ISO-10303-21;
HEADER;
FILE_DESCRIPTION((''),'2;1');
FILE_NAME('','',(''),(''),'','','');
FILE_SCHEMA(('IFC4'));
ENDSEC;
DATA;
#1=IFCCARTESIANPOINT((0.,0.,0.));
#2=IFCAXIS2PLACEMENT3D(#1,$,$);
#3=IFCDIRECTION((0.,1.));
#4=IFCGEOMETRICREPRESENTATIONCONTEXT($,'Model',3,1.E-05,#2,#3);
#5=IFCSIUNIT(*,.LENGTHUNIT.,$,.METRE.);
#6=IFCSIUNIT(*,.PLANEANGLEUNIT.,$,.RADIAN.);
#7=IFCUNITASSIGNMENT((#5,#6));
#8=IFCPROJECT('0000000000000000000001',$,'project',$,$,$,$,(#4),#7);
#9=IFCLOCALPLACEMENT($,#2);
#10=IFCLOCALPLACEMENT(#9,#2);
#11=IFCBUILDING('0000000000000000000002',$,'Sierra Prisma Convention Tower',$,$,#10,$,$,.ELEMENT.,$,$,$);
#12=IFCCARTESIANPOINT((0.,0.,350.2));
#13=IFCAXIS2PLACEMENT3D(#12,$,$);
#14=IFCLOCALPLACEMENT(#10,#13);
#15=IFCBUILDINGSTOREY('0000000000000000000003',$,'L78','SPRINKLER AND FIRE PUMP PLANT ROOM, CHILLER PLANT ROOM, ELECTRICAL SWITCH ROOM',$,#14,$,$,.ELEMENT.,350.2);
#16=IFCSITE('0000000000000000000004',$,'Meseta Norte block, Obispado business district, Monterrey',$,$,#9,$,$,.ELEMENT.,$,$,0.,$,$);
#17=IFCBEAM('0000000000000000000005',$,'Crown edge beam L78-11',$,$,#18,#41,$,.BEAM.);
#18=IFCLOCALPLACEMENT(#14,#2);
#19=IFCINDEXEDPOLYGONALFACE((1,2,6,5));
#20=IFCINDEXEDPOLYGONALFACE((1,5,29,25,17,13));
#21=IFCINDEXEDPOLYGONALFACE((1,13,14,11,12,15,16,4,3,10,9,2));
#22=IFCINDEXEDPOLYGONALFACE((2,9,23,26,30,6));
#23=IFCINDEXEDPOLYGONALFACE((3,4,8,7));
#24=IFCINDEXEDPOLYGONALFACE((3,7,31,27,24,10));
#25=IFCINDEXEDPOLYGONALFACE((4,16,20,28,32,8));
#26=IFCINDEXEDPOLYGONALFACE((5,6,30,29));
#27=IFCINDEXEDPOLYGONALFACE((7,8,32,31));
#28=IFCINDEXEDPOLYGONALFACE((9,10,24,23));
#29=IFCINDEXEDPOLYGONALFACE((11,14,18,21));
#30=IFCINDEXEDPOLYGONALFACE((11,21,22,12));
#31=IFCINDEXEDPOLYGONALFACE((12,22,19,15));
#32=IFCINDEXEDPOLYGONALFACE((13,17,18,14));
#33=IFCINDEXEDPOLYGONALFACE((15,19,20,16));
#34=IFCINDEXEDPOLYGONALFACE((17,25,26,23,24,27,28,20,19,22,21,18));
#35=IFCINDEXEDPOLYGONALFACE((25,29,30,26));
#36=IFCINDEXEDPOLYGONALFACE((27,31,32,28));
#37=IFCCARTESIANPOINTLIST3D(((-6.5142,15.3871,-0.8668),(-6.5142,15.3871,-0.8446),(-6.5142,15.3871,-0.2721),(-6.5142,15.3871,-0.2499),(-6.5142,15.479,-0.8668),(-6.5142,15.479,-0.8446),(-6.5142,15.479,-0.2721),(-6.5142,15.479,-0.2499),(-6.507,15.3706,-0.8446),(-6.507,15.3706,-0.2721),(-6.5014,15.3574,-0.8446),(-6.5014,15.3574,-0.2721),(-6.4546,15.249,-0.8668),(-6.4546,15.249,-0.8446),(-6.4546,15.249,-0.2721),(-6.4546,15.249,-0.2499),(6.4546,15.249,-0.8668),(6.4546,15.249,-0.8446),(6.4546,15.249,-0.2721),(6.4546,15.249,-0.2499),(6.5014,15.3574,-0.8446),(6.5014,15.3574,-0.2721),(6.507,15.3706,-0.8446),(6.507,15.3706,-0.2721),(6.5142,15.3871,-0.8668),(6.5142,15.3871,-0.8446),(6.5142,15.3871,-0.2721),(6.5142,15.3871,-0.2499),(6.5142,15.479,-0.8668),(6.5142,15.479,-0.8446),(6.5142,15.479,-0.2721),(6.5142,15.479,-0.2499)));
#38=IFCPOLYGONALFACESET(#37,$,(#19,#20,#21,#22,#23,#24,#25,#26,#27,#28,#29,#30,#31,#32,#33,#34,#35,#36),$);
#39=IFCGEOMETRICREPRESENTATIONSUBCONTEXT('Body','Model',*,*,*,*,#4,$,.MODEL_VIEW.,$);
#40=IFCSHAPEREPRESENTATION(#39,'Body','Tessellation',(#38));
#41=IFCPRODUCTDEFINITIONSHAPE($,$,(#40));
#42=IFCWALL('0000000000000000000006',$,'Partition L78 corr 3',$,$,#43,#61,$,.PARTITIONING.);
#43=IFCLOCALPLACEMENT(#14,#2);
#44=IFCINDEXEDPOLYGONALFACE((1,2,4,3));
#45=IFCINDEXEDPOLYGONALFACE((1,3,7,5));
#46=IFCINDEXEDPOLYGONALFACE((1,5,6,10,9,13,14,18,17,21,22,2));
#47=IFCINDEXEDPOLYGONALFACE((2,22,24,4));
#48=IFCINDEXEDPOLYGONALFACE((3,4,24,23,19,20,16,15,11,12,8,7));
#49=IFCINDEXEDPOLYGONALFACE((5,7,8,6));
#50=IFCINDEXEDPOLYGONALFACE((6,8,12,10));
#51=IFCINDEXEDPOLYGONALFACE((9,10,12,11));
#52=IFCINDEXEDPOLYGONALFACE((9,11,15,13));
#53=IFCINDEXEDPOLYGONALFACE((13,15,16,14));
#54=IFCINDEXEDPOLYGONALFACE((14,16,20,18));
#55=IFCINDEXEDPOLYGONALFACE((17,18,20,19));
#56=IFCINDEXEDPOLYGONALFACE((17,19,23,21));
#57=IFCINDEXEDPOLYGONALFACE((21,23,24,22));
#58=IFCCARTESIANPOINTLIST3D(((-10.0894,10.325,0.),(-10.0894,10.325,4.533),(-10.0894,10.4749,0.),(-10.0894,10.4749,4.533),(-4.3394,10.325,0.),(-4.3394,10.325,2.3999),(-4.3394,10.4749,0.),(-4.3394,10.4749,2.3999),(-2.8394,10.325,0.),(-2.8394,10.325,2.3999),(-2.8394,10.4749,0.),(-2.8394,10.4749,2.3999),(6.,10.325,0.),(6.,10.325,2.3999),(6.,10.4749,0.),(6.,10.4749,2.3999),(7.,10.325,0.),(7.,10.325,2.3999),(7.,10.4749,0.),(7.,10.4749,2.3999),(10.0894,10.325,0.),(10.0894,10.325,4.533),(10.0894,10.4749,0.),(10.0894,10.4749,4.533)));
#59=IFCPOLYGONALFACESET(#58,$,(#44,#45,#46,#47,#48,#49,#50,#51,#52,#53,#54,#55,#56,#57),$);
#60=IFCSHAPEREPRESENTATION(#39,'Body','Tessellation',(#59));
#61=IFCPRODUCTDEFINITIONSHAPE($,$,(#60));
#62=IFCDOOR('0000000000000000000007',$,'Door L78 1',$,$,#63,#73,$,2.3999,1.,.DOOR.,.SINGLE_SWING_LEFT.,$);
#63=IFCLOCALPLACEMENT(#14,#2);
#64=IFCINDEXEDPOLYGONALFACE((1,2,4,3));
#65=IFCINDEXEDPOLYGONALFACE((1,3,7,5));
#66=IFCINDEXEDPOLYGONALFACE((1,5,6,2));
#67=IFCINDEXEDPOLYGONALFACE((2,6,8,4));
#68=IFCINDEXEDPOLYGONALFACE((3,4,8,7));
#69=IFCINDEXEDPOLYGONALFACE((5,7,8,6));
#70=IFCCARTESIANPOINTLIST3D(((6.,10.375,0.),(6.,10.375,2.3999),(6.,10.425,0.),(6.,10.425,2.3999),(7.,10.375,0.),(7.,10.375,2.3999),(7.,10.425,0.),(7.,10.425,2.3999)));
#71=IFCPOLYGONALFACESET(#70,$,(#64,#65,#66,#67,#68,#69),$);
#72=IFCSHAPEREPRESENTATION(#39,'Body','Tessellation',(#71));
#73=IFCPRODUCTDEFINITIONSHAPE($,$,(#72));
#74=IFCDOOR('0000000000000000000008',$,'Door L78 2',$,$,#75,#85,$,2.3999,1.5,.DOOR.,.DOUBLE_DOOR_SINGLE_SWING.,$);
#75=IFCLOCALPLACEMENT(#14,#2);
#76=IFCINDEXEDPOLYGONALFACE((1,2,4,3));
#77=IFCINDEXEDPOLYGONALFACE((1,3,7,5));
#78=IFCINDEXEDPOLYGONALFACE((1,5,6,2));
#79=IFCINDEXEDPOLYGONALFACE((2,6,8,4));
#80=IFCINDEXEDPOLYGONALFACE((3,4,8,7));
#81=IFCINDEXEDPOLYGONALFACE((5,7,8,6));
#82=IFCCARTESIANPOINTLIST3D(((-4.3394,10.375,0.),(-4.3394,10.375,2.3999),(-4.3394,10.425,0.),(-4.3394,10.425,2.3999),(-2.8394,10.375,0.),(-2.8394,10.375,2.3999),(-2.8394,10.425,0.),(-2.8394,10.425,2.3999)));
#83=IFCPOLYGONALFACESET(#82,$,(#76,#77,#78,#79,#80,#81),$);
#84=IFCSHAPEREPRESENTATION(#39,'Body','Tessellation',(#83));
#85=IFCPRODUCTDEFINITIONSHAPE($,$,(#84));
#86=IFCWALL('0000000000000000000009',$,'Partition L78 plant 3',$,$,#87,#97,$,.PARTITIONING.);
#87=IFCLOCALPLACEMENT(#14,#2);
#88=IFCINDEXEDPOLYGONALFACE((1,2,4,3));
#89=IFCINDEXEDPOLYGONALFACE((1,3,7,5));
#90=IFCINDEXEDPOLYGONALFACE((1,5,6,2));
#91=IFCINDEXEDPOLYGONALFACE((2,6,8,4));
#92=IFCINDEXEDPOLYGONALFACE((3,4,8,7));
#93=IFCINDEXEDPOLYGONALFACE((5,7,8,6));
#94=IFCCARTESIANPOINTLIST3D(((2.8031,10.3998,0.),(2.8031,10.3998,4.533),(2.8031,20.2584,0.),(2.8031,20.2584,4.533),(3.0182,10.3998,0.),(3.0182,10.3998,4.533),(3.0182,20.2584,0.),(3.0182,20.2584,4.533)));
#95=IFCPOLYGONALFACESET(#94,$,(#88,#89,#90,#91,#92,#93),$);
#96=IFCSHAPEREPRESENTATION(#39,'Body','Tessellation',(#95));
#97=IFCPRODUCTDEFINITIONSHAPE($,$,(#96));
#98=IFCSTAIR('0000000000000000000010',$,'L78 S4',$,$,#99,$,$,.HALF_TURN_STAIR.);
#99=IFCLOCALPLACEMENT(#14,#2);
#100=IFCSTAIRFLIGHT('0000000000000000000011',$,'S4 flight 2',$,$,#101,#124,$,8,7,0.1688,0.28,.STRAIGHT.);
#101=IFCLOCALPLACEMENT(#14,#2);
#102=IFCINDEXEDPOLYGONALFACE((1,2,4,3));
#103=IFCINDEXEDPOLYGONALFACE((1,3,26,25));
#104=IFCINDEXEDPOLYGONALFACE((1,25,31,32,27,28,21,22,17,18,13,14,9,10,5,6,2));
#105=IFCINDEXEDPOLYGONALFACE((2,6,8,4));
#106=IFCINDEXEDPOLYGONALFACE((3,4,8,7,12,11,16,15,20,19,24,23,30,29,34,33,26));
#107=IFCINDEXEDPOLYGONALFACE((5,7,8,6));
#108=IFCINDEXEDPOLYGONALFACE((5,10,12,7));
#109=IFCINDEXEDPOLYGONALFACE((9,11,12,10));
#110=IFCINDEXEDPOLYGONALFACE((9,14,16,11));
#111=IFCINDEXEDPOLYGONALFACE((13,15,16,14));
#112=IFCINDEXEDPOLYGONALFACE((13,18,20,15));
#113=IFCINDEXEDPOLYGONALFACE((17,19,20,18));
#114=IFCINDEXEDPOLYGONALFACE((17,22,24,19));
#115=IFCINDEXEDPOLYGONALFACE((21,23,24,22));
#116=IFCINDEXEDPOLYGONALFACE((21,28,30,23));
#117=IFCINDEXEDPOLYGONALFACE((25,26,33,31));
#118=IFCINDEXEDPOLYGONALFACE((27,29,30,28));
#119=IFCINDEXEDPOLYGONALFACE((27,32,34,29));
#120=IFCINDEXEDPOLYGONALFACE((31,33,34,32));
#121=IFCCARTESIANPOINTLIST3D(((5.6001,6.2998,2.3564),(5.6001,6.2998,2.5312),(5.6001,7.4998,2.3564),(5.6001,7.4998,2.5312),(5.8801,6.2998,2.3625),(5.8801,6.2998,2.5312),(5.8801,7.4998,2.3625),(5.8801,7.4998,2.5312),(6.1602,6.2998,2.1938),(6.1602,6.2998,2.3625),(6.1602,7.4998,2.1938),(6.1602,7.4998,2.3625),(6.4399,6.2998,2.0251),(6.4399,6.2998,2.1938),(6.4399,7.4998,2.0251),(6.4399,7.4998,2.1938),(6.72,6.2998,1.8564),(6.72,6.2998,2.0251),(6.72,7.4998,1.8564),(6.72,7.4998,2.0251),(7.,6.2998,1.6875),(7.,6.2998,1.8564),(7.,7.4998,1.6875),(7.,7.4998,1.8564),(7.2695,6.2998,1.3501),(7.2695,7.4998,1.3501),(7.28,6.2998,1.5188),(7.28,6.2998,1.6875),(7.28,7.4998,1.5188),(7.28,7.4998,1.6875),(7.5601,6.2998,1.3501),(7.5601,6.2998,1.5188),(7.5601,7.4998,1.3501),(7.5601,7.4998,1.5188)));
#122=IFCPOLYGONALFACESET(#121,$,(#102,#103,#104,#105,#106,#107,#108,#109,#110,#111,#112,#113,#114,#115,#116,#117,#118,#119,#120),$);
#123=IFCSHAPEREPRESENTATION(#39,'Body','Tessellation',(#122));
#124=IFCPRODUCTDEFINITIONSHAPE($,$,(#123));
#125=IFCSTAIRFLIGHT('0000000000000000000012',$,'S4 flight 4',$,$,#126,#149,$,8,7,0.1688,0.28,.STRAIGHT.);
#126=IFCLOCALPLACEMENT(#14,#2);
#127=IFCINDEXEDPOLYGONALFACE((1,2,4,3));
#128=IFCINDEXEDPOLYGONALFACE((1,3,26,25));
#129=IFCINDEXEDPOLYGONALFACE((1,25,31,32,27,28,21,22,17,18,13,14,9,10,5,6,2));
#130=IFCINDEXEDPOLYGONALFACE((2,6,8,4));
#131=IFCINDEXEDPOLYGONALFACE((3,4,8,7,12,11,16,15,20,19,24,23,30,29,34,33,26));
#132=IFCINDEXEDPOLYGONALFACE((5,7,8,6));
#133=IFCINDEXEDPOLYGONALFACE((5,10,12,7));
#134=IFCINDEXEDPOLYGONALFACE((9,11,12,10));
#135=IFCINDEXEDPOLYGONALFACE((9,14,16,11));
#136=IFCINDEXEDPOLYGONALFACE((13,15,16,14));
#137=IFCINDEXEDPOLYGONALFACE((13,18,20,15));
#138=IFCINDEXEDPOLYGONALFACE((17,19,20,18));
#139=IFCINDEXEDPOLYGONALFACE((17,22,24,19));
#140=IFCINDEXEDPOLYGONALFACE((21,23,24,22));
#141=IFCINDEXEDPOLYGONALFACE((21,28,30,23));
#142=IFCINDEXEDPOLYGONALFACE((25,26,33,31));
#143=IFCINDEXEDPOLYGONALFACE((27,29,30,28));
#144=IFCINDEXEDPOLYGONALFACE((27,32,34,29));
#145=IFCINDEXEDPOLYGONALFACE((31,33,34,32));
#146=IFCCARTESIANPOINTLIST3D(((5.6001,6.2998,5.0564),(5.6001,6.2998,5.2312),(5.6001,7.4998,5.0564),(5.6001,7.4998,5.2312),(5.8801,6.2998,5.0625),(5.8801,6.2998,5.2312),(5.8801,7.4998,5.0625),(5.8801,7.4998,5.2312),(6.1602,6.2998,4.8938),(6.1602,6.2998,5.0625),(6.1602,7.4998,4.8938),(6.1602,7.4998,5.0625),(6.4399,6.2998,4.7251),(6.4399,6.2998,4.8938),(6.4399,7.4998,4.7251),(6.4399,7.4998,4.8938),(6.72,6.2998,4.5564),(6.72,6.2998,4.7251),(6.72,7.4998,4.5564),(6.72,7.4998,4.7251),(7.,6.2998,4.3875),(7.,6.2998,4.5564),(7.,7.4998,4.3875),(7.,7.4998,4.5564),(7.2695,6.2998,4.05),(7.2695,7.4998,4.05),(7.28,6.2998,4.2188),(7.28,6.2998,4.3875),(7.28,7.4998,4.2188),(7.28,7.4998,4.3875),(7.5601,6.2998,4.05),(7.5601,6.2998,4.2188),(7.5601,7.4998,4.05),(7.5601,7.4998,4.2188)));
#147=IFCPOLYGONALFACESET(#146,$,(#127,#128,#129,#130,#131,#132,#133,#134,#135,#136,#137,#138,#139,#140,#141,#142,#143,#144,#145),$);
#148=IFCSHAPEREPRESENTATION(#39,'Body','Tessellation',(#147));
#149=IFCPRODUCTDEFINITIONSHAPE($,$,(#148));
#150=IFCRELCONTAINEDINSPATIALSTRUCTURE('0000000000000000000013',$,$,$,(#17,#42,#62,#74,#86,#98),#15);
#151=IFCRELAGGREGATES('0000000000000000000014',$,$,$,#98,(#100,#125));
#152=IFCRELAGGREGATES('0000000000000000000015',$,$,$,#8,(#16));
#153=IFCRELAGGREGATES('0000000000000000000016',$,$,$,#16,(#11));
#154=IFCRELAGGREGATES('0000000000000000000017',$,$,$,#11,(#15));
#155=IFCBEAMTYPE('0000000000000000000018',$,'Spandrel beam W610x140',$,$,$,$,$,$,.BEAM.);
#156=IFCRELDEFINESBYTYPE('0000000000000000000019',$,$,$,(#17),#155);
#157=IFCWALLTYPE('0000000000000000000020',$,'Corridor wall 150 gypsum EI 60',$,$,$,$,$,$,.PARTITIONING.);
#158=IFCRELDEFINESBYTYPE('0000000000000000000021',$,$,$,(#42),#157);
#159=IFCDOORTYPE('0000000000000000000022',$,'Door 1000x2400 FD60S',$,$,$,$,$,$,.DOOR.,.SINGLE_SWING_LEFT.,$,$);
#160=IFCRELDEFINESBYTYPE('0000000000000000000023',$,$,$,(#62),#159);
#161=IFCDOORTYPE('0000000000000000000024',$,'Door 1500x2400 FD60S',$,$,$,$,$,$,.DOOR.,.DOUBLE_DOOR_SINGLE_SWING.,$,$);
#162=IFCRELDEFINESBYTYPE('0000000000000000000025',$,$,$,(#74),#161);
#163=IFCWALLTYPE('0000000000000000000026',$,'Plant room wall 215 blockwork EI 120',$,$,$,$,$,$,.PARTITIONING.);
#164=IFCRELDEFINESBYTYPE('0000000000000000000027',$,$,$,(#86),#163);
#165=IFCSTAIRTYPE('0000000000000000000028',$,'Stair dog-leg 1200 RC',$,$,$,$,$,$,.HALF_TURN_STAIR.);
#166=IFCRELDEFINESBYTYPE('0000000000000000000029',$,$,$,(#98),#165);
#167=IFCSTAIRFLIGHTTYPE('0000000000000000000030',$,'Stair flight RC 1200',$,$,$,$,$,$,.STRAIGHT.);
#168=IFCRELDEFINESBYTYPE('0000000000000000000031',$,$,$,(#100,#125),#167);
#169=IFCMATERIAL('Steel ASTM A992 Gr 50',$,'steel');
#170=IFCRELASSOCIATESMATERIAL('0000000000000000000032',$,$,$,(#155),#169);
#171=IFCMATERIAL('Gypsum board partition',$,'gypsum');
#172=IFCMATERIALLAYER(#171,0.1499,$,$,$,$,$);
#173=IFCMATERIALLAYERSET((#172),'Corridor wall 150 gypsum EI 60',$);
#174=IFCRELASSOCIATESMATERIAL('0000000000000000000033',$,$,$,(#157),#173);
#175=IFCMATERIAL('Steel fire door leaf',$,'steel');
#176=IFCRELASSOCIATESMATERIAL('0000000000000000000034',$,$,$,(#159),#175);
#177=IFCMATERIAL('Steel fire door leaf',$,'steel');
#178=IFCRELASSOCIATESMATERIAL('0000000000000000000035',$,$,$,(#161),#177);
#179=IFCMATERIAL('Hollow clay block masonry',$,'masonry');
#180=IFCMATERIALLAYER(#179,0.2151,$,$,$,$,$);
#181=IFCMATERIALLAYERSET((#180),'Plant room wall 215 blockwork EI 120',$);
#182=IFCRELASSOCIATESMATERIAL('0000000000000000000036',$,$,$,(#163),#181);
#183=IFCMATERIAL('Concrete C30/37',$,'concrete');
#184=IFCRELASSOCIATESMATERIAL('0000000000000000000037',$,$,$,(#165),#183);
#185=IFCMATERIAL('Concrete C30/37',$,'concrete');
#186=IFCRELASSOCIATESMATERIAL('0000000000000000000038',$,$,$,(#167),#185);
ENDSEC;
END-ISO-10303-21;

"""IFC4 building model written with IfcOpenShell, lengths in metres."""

from ifc_helpers import new_model, si_unit, direction, frame, frame_2d, origin, origin_2d, place, context, subcontext, project, spatial, polyline, rectangle, i_section, outline, extrude, clip, halfspace, material, layer, layer_set, material_profile, profile_set, type_object, element, fill, aggregate, save


model = new_model("IFC4")

# Units and contexts
model_context = context("Model", 3, precision=1e-05, world=origin(), true_north=direction((0.0, 1.0)))
body_context = subcontext(model_context, "Body", "Model", "MODEL_VIEW")
ifc_project = project(units=[si_unit("LENGTHUNIT", "METRE"), si_unit("PLANEANGLEUNIT", "RADIAN")], contexts=[model_context])

# Site, building, storey
site_placement = place(None, origin())
site = spatial("IfcSite", under=ifc_project, at=site_placement, Name="Meseta Norte block, Obispado business district, Monterrey", CompositionType="ELEMENT", RefElevation=0.0)
building_placement = place(site_placement, origin())
building = spatial("IfcBuilding", under=site, at=building_placement, Name="Sierra Prisma Convention Tower", CompositionType="ELEMENT")
storey_placement = place(building_placement, frame((0.0, 0.0, 350.2)))
storey = spatial("IfcBuildingStorey", under=building, at=storey_placement, Name="L78", Description="SPRINKLER AND FIRE PUMP PLANT ROOM, CHILLER PLANT ROOM, ELECTRICAL SWITCH ROOM", CompositionType="ELEMENT", Elevation=350.2)

# Beam
ifc_material_1 = material(Name="Steel ASTM A992 Gr 50", Category="steel")
ifc_material_profile_1 = material_profile(ifc_material_1, i_section(OverallWidth=0.23, OverallDepth=0.6169, WebThickness=0.0132, FlangeThickness=0.0222, at=origin_2d()), Name="W610x140")
ifc_profile_set_1 = profile_set([ifc_material_profile_1], Name="Steel ASTM A992 Gr 50")
beam_type_1 = type_object("IfcBeamType", Name="Spandrel beam W610x140", PredefinedType="BEAM", material=ifc_profile_set_1)
beam_1_placement = place(storey_placement, frame((6.5142, 15.364, -0.5583), z_axis=(-1.0, 0.0, 0.0), x_axis=(0.0, -1.0, 0.0)))
element("IfcBeam", 1, at=beam_1_placement, inside=storey, type_object=beam_type_1, Name="Crown edge beam L78-11", PredefinedType="BEAM", context=body_context, shape_type="SweptSolid", body=[
    clip(clip(extrude(i_section(OverallWidth=0.23, OverallDepth=0.6169, WebThickness=0.0132, FlangeThickness=0.0222, at=origin_2d()), origin(), (0.0, 0.0, 1.0), 13.0283), halfspace(frame((-0.0452, 0.0, -0.0095), z_axis=(-0.396132, 0.0, 0.918194), x_axis=(0.918194, 0.0, 0.396132)), True)), halfspace(frame((-0.0452, 0.0, 13.0378), z_axis=(-0.396132, 0.0, -0.918194), x_axis=(0.918194, 0.0, -0.396132)), True)),
])

# Wall, openings, doors
ifc_material_2 = material(Name="Gypsum board partition", Category="gypsum")
ifc_layer_1 = layer(ifc_material_2, 0.1499)
ifc_layer_set_1 = layer_set([ifc_layer_1], Name="Corridor wall 150 gypsum EI 60")
wall_type_1 = type_object("IfcWallType", Name="Corridor wall 150 gypsum EI 60", PredefinedType="PARTITIONING", material=ifc_layer_set_1)
wall_1_placement = place(storey_placement, frame((10.0894, 10.3999, 0.0), z_axis=(0.0, 0.0, 1.0), x_axis=(-1.0, 0.0, 0.0)))
wall_1 = element("IfcWall", 2, at=wall_1_placement, inside=storey, type_object=wall_type_1, Name="Partition L78 corr 3", PredefinedType="PARTITIONING", context=body_context, shape_type="SweptSolid", body=[
    extrude(rectangle(XDim=20.1787, YDim=0.1499, at=frame_2d((10.0894, 0.0))), origin(), (0.0, 0.0, 1.0), 4.533),
])
opening_1_placement = place(wall_1_placement, frame((3.0894, 0.0, 0.0)))
opening_1 = element("IfcOpeningElement", 3, at=opening_1_placement, cuts=wall_1, PredefinedType="OPENING", context=body_context, shape_type="SweptSolid", body=[
    extrude(rectangle(XDim=1.0, YDim=2.3999, at=frame_2d((0.5, 1.2))), frame((0.0, 0.075, 0.0), z_axis=(0.0, -1.0, 0.0), x_axis=(1.0, 0.0, 0.0)), (0.0, 0.0, 1.0), 0.1499),
])
opening_2_placement = place(wall_1_placement, frame((12.9287, 0.0, 0.0)))
opening_2 = element("IfcOpeningElement", 4, at=opening_2_placement, cuts=wall_1, PredefinedType="OPENING", context=body_context, shape_type="SweptSolid", body=[
    extrude(rectangle(XDim=1.5, YDim=2.3999, at=frame_2d((0.75, 1.2))), frame((0.0, 0.075, 0.0), z_axis=(0.0, -1.0, 0.0), x_axis=(1.0, 0.0, 0.0)), (0.0, 0.0, 1.0), 0.1499),
])
ifc_material_3 = material(Name="Steel fire door leaf", Category="steel")
door_type_1 = type_object("IfcDoorType", Name="Door 1000x2400 FD60S", OperationType="SINGLE_SWING_LEFT", PredefinedType="DOOR", material=ifc_material_3)
door_1_placement = place(opening_1_placement, origin())
door_1 = element("IfcDoor", 5, at=door_1_placement, inside=storey, type_object=door_type_1, Name="Door L78 1", OperationType="SINGLE_SWING_LEFT", OverallHeight=2.3999, OverallWidth=1.0, PredefinedType="DOOR", context=body_context, shape_type="SweptSolid", body=[
    extrude(rectangle(XDim=1.0, YDim=2.3999, at=frame_2d((0.5, 1.2))), frame((0.0, 0.0249, 0.0), z_axis=(0.0, -1.0, 0.0), x_axis=(1.0, 0.0, 0.0)), (0.0, 0.0, 1.0), 0.05),
])
fill(opening_1, door_1)
ifc_material_4 = material(Name="Steel fire door leaf", Category="steel")
door_type_2 = type_object("IfcDoorType", Name="Door 1500x2400 FD60S", OperationType="DOUBLE_DOOR_SINGLE_SWING", PredefinedType="DOOR", material=ifc_material_4)
door_2_placement = place(opening_2_placement, origin())
door_2 = element("IfcDoor", 6, at=door_2_placement, inside=storey, type_object=door_type_2, Name="Door L78 2", OperationType="DOUBLE_DOOR_SINGLE_SWING", OverallHeight=2.3999, OverallWidth=1.5, PredefinedType="DOOR", context=body_context, shape_type="SweptSolid", body=[
    extrude(rectangle(XDim=1.5, YDim=2.3999, at=frame_2d((0.75, 1.2))), frame((0.0, 0.0249, 0.0), z_axis=(0.0, -1.0, 0.0), x_axis=(1.0, 0.0, 0.0)), (0.0, 0.0, 1.0), 0.05),
])
fill(opening_2, door_2)

# Wall
ifc_material_5 = material(Name="Hollow clay block masonry", Category="masonry")
ifc_layer_2 = layer(ifc_material_5, 0.2151)
ifc_layer_set_2 = layer_set([ifc_layer_2], Name="Plant room wall 215 blockwork EI 120")
wall_type_2 = type_object("IfcWallType", Name="Plant room wall 215 blockwork EI 120", PredefinedType="PARTITIONING", material=ifc_layer_set_2)
wall_2_placement = place(storey_placement, frame((2.9106, 10.3999, 0.0), z_axis=(0.0, 0.0, 1.0), x_axis=(0.0, 1.0, 0.0)))
element("IfcWall", 7, at=wall_2_placement, inside=storey, type_object=wall_type_2, Name="Partition L78 plant 3", PredefinedType="PARTITIONING", context=body_context, shape_type="SweptSolid", body=[
    extrude(rectangle(XDim=9.8586, YDim=0.2151, at=frame_2d((4.9292, 0.0))), origin(), (0.0, 0.0, 1.0), 4.533),
])

# Stair, stair flights
ifc_material_6 = material(Name="Concrete C30/37", Category="concrete")
stair_type = type_object("IfcStairType", Name="Stair dog-leg 1200 RC", PredefinedType="HALF_TURN_STAIR", material=ifc_material_6)
stair_placement = place(storey_placement, origin())
stair = element("IfcStair", 8, at=stair_placement, inside=storey, type_object=stair_type, Name="L78 S4", PredefinedType="HALF_TURN_STAIR")
ifc_material_7 = material(Name="Concrete C30/37", Category="concrete")
stair_flight_type = type_object("IfcStairFlightType", Name="Stair flight RC 1200", PredefinedType="STRAIGHT", material=ifc_material_7)
stair_flight_1_placement = place(storey_placement, frame((7.5601, 6.8999, 1.3501), z_axis=(0.0, 0.0, 1.0), x_axis=(-1.0, 0.0, 0.0)))
stair_flight_1 = element("IfcStairFlight", 9, at=stair_flight_1_placement, type_object=stair_flight_type, Name="S4 flight 2", NumberOfRisers=8, NumberOfTreads=7, PredefinedType="STRAIGHT", RiserHeight=0.1688, TreadLength=0.28, context=body_context, shape_type="SweptSolid", body=[
    extrude(outline(polyline([(0.0, 0.0), (0.0, 0.1687), (0.28, 0.1687), (0.28, 0.3374), (0.5601, 0.3374), (0.5601, 0.5063), (0.8401, 0.5063), (0.8401, 0.675), (1.1201, 0.675), (1.1201, 0.8438), (1.3999, 0.8438), (1.3999, 1.0125), (1.6799, 1.0125), (1.6799, 1.1812), (1.96, 1.1812), (1.96, 1.3501), (1.96, 1.0063), (0.2905, 0.0), (0.0, 0.0)])), frame((0.0, 0.6001, 0.0), z_axis=(0.0, -1.0, 0.0), x_axis=(1.0, 0.0, 0.0)), (0.0, 0.0, 1.0), 1.2),
])
stair_flight_2_placement = place(storey_placement, frame((7.5601, 6.8999, 4.05), z_axis=(0.0, 0.0, 1.0), x_axis=(-1.0, 0.0, 0.0)))
stair_flight_2 = element("IfcStairFlight", 10, at=stair_flight_2_placement, type_object=stair_flight_type, Name="S4 flight 4", NumberOfRisers=8, NumberOfTreads=7, PredefinedType="STRAIGHT", RiserHeight=0.1688, TreadLength=0.28, context=body_context, shape_type="SweptSolid", body=[
    extrude(outline(polyline([(0.0, 0.0), (0.0, 0.1687), (0.28, 0.1687), (0.28, 0.3374), (0.5601, 0.3374), (0.5601, 0.5063), (0.8401, 0.5063), (0.8401, 0.675), (1.1201, 0.675), (1.1201, 0.8438), (1.3999, 0.8438), (1.3999, 1.0125), (1.6799, 1.0125), (1.6799, 1.1812), (1.96, 1.1812), (1.96, 1.3501), (1.96, 1.0063), (0.2905, 0.0), (0.0, 0.0)])), frame((0.0, 0.6001, 0.0), z_axis=(0.0, -1.0, 0.0), x_axis=(1.0, 0.0, 0.0)), (0.0, 0.0, 1.0), 1.2),
])
aggregate(stair, [stair_flight_1, stair_flight_2])

save(model, "model.ifc")
